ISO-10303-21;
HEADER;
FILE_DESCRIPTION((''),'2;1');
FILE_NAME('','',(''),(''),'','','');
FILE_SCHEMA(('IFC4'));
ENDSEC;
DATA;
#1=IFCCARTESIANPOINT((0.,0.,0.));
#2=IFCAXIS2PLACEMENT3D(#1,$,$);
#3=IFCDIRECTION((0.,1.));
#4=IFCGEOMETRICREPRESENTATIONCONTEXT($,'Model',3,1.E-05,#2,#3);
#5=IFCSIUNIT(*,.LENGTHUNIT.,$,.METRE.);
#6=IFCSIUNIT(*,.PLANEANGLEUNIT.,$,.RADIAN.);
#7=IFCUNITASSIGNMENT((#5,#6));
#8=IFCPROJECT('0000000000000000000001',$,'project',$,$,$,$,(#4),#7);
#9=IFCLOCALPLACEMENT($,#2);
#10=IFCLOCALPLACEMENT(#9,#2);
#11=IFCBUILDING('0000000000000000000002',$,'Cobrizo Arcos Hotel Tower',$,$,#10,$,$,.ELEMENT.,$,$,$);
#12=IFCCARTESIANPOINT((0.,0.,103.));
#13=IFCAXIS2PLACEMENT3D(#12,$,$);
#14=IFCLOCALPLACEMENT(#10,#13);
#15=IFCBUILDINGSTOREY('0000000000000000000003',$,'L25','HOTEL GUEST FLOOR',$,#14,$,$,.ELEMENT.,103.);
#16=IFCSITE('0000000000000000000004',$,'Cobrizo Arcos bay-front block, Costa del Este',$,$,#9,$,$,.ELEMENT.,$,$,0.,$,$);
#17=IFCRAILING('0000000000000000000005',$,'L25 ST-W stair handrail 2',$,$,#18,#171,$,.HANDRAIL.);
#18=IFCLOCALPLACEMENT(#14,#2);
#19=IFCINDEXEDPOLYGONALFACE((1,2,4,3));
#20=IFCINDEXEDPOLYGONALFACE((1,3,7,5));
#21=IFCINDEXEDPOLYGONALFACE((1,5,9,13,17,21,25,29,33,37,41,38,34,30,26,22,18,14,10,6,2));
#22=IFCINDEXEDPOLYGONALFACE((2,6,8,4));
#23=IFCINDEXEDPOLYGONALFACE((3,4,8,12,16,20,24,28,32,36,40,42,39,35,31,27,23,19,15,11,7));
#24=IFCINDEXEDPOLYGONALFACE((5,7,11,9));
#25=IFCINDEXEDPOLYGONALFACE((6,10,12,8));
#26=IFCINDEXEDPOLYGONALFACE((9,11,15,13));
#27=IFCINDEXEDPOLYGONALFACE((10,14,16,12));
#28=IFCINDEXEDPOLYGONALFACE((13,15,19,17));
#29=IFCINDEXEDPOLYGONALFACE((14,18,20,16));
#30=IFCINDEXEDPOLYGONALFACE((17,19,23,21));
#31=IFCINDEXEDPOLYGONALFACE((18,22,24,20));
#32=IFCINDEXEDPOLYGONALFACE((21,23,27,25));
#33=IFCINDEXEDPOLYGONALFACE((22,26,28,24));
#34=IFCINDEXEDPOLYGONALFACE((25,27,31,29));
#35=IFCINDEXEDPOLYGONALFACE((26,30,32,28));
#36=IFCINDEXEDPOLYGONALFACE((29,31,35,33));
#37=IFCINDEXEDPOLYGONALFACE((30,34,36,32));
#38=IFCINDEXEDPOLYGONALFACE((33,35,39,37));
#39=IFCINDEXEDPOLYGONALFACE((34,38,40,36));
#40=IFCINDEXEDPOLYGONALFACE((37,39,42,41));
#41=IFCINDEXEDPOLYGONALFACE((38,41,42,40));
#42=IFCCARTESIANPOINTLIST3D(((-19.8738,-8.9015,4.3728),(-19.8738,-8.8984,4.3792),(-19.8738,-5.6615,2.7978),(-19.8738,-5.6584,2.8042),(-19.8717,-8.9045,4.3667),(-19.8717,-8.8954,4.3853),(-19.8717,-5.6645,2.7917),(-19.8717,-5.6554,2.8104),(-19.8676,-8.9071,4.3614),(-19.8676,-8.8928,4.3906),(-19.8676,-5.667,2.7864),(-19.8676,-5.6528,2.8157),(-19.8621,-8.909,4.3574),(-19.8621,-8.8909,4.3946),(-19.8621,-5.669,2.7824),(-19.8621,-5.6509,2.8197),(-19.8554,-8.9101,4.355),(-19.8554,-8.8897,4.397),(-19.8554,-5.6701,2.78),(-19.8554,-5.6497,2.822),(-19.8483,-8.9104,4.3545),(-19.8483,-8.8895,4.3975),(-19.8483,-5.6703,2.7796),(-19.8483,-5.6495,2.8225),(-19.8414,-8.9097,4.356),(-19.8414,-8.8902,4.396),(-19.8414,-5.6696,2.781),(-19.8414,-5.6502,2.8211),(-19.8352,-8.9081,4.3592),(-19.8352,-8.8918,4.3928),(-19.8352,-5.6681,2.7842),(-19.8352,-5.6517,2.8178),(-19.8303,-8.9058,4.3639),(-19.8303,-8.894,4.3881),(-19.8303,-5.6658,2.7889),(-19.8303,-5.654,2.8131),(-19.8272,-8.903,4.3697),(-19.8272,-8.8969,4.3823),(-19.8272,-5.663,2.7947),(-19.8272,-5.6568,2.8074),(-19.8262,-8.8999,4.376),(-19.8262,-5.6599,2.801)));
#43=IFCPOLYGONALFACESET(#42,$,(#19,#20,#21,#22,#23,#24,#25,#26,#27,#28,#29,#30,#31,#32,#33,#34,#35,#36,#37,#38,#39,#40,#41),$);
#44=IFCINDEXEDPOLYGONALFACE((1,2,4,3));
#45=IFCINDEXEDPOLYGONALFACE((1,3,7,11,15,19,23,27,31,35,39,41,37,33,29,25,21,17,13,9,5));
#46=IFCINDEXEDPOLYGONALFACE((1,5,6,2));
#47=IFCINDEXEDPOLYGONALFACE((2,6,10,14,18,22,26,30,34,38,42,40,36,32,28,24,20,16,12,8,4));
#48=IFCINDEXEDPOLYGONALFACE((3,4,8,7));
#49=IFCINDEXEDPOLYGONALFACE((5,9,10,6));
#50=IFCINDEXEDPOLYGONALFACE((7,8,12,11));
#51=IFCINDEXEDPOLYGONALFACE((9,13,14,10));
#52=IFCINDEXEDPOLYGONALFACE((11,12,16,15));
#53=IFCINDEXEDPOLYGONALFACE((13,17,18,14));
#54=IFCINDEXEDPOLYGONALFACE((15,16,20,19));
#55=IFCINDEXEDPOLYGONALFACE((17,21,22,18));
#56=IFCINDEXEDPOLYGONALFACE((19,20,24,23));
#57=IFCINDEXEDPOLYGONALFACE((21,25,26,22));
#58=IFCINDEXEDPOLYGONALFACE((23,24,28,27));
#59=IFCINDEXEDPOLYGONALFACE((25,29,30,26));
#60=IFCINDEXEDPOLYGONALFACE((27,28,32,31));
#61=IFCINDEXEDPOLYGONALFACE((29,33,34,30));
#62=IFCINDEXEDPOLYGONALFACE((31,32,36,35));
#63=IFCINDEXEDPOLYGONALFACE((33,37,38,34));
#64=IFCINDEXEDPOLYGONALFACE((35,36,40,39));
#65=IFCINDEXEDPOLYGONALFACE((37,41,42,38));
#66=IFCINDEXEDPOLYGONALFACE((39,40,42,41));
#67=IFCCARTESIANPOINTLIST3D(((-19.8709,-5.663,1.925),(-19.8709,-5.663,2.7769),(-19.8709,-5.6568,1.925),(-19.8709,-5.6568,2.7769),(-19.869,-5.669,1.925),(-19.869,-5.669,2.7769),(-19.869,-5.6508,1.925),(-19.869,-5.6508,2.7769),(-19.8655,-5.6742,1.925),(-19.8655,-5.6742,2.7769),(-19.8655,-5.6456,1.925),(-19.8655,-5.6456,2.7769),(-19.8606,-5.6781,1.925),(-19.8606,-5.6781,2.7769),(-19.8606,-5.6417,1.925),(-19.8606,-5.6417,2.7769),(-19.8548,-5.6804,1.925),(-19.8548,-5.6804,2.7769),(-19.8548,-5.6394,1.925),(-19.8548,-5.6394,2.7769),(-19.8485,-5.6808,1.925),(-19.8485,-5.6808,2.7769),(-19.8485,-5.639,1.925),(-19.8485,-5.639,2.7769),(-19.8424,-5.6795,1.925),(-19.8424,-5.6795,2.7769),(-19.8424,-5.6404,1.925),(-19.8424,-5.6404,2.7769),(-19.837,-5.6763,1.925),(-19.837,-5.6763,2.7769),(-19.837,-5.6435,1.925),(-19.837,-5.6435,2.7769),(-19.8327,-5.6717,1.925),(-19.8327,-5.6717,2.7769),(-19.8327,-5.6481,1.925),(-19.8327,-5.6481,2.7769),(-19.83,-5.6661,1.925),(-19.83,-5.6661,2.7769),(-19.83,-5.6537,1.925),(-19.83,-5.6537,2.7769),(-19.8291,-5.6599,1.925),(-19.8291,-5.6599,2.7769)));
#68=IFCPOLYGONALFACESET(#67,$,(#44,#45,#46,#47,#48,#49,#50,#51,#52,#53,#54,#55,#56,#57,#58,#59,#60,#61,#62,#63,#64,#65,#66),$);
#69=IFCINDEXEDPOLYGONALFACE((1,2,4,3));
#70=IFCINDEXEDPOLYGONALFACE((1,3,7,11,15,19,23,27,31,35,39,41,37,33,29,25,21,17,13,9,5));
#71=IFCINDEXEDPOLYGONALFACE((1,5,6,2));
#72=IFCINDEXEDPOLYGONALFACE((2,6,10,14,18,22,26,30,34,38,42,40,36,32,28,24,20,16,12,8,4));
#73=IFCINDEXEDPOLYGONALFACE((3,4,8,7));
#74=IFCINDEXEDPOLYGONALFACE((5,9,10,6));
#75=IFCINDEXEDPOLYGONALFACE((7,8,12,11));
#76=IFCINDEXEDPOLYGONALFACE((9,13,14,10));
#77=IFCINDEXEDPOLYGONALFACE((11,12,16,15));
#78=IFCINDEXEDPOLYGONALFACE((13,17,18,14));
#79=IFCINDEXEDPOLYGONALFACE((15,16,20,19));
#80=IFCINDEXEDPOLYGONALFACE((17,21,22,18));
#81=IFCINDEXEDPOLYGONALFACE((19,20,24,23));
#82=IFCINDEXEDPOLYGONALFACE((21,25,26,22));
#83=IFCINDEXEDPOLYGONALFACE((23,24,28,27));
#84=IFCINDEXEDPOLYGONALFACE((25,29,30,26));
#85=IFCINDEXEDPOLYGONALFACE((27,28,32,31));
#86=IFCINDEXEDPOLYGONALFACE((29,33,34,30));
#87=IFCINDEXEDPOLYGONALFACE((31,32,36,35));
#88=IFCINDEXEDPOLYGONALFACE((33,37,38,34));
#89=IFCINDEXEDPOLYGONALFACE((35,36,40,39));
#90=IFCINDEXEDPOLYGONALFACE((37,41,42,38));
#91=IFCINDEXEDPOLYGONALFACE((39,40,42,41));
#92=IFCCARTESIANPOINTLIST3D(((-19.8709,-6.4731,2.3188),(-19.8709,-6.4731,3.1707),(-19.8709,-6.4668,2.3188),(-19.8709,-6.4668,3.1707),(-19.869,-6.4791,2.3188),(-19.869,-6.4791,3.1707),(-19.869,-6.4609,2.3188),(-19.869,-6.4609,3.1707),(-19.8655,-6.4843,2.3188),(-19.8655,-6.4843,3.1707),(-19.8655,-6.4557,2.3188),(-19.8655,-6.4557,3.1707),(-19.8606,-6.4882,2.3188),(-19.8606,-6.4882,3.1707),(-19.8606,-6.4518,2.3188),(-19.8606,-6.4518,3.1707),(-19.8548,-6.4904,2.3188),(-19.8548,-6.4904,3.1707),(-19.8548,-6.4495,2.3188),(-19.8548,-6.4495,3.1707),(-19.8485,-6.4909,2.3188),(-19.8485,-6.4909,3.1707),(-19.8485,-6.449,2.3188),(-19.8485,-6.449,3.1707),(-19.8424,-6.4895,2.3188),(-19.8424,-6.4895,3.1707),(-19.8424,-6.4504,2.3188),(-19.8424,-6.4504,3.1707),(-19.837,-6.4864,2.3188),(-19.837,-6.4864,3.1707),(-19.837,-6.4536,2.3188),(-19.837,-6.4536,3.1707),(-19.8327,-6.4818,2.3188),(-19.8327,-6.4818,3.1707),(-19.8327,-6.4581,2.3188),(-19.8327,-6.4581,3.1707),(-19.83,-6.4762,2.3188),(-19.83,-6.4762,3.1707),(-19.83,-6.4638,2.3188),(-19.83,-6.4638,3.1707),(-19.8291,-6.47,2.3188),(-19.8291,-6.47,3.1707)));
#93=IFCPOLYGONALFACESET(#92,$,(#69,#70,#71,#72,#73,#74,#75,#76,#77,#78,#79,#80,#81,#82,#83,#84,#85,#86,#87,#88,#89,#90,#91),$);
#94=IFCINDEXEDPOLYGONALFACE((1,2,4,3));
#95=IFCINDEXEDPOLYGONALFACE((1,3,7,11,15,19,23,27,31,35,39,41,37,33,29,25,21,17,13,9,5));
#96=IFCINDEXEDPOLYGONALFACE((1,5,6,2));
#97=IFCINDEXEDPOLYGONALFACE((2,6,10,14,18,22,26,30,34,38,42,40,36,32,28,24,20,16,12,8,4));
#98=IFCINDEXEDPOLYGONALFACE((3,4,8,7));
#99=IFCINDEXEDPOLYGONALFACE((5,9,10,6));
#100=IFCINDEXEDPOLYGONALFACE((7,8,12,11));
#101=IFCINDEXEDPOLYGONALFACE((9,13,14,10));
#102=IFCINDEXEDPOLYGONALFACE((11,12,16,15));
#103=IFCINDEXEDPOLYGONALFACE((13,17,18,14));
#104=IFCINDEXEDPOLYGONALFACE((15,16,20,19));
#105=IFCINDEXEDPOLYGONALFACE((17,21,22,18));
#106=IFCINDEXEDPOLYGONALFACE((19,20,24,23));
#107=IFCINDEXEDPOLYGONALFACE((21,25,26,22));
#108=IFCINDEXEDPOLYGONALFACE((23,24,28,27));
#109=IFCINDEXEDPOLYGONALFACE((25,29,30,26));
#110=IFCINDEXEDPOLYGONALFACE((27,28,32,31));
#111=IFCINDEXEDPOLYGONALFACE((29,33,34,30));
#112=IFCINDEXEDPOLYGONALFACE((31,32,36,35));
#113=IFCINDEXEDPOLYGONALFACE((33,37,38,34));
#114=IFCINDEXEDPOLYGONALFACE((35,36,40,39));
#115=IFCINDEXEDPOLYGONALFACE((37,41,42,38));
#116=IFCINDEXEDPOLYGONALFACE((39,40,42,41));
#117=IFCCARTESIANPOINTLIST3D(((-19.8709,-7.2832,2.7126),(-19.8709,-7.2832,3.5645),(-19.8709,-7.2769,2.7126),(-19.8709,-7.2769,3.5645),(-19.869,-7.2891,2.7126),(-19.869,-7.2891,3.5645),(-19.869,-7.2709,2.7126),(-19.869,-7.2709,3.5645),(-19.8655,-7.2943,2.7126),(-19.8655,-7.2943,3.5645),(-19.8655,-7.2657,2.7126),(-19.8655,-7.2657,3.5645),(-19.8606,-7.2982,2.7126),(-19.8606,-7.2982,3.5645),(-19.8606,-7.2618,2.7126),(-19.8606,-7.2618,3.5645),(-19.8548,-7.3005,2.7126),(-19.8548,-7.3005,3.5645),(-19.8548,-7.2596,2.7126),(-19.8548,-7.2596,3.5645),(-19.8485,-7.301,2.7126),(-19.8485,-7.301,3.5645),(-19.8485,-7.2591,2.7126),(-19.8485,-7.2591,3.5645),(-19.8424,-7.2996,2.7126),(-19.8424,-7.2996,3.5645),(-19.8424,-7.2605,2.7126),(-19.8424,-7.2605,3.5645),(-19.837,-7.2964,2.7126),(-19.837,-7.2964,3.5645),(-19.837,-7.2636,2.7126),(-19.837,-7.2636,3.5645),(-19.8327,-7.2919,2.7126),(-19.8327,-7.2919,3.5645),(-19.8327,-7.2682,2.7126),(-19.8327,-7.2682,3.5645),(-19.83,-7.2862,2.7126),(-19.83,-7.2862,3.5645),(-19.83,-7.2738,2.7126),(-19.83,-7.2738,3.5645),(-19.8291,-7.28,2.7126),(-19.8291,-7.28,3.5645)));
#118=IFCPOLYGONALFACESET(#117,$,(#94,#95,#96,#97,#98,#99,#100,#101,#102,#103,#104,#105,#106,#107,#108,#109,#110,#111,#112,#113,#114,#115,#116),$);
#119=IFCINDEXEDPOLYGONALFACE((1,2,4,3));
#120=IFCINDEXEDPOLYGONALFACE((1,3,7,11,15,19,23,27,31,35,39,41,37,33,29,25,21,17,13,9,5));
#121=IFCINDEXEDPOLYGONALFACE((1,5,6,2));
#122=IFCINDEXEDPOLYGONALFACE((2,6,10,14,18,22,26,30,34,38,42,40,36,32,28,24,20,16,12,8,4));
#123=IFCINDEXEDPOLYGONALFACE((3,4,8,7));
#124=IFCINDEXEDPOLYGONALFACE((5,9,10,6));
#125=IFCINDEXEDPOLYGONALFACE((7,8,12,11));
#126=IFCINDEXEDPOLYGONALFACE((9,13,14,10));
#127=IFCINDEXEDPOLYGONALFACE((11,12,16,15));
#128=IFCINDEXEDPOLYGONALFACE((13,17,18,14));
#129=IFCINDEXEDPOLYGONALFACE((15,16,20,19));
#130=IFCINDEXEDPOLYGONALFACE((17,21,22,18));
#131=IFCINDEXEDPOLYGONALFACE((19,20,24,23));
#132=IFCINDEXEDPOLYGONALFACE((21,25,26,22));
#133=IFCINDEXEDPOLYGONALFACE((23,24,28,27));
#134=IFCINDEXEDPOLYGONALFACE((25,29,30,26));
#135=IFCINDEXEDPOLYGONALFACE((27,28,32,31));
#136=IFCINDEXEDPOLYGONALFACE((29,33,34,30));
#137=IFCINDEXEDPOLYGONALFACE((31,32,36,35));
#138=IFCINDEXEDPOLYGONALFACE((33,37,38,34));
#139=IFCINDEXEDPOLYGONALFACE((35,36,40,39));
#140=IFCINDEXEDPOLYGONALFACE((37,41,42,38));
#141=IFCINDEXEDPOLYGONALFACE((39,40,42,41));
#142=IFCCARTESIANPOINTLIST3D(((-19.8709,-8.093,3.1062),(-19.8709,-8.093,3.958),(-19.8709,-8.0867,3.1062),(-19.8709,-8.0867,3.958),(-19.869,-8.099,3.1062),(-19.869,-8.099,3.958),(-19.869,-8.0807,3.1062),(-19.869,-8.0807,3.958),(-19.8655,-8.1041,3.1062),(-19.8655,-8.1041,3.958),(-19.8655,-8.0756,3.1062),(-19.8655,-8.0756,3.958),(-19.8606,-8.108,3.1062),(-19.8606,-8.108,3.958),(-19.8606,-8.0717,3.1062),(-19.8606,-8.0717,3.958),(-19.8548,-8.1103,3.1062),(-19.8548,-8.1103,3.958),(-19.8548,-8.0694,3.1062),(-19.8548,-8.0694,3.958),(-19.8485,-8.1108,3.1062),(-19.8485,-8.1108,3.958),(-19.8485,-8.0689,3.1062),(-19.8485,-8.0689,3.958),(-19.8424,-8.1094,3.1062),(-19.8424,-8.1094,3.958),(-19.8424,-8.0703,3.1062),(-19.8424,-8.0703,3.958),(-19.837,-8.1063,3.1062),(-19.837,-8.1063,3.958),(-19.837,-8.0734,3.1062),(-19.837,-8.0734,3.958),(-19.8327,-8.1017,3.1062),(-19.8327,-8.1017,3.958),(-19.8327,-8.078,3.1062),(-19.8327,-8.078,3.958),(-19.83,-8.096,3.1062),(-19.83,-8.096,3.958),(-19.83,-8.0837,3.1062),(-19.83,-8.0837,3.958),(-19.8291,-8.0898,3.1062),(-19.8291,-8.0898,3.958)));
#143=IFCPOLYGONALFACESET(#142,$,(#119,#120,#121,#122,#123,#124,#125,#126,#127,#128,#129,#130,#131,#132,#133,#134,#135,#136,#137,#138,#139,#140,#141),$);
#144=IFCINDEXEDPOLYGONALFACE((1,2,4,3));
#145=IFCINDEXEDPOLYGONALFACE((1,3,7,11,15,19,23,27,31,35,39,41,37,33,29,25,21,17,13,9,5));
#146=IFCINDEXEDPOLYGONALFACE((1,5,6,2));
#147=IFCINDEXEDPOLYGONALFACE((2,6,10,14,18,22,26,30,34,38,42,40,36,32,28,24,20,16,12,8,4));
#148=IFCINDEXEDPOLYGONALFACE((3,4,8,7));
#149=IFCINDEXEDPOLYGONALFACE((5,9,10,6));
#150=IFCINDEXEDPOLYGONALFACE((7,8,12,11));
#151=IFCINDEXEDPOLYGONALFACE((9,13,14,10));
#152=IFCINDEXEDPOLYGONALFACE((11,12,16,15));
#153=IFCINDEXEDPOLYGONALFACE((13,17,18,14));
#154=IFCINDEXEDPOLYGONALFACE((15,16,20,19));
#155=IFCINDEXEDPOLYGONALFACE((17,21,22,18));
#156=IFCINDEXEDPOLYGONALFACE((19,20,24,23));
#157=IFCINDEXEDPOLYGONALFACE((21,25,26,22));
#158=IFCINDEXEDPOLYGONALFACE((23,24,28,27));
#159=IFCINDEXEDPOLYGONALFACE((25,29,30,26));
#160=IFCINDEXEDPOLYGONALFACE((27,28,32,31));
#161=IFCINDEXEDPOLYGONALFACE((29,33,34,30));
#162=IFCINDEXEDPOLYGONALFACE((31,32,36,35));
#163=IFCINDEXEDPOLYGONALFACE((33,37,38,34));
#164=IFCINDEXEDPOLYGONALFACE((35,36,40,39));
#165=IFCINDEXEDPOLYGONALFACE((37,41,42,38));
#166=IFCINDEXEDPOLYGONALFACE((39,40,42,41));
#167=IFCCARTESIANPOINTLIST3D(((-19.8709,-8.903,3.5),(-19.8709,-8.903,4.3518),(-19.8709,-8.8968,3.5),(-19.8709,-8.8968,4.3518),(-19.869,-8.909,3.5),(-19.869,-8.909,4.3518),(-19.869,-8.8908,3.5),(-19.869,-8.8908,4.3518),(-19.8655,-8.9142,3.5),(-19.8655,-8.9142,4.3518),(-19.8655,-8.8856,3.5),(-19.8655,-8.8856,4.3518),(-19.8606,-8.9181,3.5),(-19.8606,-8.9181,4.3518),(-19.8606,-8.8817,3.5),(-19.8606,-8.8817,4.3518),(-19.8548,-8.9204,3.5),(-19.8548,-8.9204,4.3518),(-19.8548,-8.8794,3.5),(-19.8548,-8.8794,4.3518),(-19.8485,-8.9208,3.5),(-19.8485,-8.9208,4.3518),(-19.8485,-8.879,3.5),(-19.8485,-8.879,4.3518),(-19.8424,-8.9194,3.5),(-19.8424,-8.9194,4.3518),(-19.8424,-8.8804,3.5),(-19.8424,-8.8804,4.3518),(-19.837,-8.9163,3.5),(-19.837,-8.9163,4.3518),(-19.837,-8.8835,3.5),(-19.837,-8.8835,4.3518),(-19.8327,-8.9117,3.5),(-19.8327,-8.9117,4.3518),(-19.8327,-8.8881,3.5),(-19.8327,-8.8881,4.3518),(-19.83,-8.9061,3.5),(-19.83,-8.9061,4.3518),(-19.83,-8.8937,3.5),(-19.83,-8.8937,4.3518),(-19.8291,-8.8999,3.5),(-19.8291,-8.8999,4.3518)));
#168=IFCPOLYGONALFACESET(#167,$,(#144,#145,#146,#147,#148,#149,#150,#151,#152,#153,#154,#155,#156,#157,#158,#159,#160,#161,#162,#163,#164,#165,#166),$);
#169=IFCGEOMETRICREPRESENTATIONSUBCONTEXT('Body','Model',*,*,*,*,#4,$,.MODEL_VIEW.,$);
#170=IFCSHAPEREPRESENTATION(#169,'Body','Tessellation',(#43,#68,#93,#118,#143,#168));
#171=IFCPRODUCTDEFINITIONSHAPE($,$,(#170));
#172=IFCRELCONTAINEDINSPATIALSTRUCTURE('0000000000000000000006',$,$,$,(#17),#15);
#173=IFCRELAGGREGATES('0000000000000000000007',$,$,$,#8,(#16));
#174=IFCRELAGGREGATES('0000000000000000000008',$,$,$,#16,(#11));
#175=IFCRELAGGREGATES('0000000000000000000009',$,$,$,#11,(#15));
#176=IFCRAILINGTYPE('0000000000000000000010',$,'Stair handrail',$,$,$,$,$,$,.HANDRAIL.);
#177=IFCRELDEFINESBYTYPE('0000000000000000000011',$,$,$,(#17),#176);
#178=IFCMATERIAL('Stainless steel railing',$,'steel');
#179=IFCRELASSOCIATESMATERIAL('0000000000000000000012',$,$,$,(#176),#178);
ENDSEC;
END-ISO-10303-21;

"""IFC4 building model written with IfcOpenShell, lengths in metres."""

from ifc_helpers import new_model, si_unit, direction, frame, origin, origin_2d, place, context, subcontext, project, spatial, circle, extrude, material, type_object, element, save


model = new_model("IFC4")

# Units and contexts
model_context = context("Model", 3, precision=1e-05, world=origin(), true_north=direction((0.0, 1.0)))
body_context = subcontext(model_context, "Body", "Model", "MODEL_VIEW")
ifc_project = project(units=[si_unit("LENGTHUNIT", "METRE"), si_unit("PLANEANGLEUNIT", "RADIAN")], contexts=[model_context])

# Site, building, storey
site_placement = place(None, origin())
site = spatial("IfcSite", under=ifc_project, at=site_placement, Name="Cobrizo Arcos bay-front block, Costa del Este", CompositionType="ELEMENT", RefElevation=0.0)
building_placement = place(site_placement, origin())
building = spatial("IfcBuilding", under=site, at=building_placement, Name="Cobrizo Arcos Hotel Tower", CompositionType="ELEMENT")
storey_placement = place(building_placement, frame((0.0, 0.0, 103.0)))
storey = spatial("IfcBuildingStorey", under=building, at=storey_placement, Name="L25", Description="HOTEL GUEST FLOOR", CompositionType="ELEMENT", Elevation=103.0)

# Railing
ifc_material_1 = material(Name="Stainless steel railing", Category="steel")
railing_type_1 = type_object("IfcRailingType", Name="Stair handrail", PredefinedType="HANDRAIL", material=ifc_material_1)
railing_1_placement = place(storey_placement, frame((-19.8501, -5.6599, 1.925)))
element("IfcRailing", 1, at=railing_1_placement, inside=storey, type_object=railing_type_1, Name="L25 ST-W stair handrail 2", PredefinedType="HANDRAIL", context=body_context, shape_type="SweptSolid", body=[
    extrude(circle(Radius=0.0239, at=origin_2d()), frame((0.0, 0.0, 0.876), z_axis=(0.0, -0.899373, 0.437183), x_axis=(1.0, 0.0, 0.0)), (0.0, 0.0, 1.0), 3.6025),
    extrude(circle(Radius=0.021, at=origin_2d()), origin(), (0.0, 0.0, 1.0), 0.8518),
    extrude(circle(Radius=0.021, at=origin_2d()), frame((0.0, -0.8101, 0.3938)), (0.0, 0.0, 1.0), 0.8518),
    extrude(circle(Radius=0.021, at=origin_2d()), frame((0.0, -1.6201, 0.7876)), (0.0, 0.0, 1.0), 0.8518),
    extrude(circle(Radius=0.021, at=origin_2d()), frame((0.0, -2.4299, 1.1812)), (0.0, 0.0, 1.0), 0.8518),
    extrude(circle(Radius=0.021, at=origin_2d()), frame((0.0, -3.24, 1.575)), (0.0, 0.0, 1.0), 0.8518),
])

save(model, "model.ifc")
